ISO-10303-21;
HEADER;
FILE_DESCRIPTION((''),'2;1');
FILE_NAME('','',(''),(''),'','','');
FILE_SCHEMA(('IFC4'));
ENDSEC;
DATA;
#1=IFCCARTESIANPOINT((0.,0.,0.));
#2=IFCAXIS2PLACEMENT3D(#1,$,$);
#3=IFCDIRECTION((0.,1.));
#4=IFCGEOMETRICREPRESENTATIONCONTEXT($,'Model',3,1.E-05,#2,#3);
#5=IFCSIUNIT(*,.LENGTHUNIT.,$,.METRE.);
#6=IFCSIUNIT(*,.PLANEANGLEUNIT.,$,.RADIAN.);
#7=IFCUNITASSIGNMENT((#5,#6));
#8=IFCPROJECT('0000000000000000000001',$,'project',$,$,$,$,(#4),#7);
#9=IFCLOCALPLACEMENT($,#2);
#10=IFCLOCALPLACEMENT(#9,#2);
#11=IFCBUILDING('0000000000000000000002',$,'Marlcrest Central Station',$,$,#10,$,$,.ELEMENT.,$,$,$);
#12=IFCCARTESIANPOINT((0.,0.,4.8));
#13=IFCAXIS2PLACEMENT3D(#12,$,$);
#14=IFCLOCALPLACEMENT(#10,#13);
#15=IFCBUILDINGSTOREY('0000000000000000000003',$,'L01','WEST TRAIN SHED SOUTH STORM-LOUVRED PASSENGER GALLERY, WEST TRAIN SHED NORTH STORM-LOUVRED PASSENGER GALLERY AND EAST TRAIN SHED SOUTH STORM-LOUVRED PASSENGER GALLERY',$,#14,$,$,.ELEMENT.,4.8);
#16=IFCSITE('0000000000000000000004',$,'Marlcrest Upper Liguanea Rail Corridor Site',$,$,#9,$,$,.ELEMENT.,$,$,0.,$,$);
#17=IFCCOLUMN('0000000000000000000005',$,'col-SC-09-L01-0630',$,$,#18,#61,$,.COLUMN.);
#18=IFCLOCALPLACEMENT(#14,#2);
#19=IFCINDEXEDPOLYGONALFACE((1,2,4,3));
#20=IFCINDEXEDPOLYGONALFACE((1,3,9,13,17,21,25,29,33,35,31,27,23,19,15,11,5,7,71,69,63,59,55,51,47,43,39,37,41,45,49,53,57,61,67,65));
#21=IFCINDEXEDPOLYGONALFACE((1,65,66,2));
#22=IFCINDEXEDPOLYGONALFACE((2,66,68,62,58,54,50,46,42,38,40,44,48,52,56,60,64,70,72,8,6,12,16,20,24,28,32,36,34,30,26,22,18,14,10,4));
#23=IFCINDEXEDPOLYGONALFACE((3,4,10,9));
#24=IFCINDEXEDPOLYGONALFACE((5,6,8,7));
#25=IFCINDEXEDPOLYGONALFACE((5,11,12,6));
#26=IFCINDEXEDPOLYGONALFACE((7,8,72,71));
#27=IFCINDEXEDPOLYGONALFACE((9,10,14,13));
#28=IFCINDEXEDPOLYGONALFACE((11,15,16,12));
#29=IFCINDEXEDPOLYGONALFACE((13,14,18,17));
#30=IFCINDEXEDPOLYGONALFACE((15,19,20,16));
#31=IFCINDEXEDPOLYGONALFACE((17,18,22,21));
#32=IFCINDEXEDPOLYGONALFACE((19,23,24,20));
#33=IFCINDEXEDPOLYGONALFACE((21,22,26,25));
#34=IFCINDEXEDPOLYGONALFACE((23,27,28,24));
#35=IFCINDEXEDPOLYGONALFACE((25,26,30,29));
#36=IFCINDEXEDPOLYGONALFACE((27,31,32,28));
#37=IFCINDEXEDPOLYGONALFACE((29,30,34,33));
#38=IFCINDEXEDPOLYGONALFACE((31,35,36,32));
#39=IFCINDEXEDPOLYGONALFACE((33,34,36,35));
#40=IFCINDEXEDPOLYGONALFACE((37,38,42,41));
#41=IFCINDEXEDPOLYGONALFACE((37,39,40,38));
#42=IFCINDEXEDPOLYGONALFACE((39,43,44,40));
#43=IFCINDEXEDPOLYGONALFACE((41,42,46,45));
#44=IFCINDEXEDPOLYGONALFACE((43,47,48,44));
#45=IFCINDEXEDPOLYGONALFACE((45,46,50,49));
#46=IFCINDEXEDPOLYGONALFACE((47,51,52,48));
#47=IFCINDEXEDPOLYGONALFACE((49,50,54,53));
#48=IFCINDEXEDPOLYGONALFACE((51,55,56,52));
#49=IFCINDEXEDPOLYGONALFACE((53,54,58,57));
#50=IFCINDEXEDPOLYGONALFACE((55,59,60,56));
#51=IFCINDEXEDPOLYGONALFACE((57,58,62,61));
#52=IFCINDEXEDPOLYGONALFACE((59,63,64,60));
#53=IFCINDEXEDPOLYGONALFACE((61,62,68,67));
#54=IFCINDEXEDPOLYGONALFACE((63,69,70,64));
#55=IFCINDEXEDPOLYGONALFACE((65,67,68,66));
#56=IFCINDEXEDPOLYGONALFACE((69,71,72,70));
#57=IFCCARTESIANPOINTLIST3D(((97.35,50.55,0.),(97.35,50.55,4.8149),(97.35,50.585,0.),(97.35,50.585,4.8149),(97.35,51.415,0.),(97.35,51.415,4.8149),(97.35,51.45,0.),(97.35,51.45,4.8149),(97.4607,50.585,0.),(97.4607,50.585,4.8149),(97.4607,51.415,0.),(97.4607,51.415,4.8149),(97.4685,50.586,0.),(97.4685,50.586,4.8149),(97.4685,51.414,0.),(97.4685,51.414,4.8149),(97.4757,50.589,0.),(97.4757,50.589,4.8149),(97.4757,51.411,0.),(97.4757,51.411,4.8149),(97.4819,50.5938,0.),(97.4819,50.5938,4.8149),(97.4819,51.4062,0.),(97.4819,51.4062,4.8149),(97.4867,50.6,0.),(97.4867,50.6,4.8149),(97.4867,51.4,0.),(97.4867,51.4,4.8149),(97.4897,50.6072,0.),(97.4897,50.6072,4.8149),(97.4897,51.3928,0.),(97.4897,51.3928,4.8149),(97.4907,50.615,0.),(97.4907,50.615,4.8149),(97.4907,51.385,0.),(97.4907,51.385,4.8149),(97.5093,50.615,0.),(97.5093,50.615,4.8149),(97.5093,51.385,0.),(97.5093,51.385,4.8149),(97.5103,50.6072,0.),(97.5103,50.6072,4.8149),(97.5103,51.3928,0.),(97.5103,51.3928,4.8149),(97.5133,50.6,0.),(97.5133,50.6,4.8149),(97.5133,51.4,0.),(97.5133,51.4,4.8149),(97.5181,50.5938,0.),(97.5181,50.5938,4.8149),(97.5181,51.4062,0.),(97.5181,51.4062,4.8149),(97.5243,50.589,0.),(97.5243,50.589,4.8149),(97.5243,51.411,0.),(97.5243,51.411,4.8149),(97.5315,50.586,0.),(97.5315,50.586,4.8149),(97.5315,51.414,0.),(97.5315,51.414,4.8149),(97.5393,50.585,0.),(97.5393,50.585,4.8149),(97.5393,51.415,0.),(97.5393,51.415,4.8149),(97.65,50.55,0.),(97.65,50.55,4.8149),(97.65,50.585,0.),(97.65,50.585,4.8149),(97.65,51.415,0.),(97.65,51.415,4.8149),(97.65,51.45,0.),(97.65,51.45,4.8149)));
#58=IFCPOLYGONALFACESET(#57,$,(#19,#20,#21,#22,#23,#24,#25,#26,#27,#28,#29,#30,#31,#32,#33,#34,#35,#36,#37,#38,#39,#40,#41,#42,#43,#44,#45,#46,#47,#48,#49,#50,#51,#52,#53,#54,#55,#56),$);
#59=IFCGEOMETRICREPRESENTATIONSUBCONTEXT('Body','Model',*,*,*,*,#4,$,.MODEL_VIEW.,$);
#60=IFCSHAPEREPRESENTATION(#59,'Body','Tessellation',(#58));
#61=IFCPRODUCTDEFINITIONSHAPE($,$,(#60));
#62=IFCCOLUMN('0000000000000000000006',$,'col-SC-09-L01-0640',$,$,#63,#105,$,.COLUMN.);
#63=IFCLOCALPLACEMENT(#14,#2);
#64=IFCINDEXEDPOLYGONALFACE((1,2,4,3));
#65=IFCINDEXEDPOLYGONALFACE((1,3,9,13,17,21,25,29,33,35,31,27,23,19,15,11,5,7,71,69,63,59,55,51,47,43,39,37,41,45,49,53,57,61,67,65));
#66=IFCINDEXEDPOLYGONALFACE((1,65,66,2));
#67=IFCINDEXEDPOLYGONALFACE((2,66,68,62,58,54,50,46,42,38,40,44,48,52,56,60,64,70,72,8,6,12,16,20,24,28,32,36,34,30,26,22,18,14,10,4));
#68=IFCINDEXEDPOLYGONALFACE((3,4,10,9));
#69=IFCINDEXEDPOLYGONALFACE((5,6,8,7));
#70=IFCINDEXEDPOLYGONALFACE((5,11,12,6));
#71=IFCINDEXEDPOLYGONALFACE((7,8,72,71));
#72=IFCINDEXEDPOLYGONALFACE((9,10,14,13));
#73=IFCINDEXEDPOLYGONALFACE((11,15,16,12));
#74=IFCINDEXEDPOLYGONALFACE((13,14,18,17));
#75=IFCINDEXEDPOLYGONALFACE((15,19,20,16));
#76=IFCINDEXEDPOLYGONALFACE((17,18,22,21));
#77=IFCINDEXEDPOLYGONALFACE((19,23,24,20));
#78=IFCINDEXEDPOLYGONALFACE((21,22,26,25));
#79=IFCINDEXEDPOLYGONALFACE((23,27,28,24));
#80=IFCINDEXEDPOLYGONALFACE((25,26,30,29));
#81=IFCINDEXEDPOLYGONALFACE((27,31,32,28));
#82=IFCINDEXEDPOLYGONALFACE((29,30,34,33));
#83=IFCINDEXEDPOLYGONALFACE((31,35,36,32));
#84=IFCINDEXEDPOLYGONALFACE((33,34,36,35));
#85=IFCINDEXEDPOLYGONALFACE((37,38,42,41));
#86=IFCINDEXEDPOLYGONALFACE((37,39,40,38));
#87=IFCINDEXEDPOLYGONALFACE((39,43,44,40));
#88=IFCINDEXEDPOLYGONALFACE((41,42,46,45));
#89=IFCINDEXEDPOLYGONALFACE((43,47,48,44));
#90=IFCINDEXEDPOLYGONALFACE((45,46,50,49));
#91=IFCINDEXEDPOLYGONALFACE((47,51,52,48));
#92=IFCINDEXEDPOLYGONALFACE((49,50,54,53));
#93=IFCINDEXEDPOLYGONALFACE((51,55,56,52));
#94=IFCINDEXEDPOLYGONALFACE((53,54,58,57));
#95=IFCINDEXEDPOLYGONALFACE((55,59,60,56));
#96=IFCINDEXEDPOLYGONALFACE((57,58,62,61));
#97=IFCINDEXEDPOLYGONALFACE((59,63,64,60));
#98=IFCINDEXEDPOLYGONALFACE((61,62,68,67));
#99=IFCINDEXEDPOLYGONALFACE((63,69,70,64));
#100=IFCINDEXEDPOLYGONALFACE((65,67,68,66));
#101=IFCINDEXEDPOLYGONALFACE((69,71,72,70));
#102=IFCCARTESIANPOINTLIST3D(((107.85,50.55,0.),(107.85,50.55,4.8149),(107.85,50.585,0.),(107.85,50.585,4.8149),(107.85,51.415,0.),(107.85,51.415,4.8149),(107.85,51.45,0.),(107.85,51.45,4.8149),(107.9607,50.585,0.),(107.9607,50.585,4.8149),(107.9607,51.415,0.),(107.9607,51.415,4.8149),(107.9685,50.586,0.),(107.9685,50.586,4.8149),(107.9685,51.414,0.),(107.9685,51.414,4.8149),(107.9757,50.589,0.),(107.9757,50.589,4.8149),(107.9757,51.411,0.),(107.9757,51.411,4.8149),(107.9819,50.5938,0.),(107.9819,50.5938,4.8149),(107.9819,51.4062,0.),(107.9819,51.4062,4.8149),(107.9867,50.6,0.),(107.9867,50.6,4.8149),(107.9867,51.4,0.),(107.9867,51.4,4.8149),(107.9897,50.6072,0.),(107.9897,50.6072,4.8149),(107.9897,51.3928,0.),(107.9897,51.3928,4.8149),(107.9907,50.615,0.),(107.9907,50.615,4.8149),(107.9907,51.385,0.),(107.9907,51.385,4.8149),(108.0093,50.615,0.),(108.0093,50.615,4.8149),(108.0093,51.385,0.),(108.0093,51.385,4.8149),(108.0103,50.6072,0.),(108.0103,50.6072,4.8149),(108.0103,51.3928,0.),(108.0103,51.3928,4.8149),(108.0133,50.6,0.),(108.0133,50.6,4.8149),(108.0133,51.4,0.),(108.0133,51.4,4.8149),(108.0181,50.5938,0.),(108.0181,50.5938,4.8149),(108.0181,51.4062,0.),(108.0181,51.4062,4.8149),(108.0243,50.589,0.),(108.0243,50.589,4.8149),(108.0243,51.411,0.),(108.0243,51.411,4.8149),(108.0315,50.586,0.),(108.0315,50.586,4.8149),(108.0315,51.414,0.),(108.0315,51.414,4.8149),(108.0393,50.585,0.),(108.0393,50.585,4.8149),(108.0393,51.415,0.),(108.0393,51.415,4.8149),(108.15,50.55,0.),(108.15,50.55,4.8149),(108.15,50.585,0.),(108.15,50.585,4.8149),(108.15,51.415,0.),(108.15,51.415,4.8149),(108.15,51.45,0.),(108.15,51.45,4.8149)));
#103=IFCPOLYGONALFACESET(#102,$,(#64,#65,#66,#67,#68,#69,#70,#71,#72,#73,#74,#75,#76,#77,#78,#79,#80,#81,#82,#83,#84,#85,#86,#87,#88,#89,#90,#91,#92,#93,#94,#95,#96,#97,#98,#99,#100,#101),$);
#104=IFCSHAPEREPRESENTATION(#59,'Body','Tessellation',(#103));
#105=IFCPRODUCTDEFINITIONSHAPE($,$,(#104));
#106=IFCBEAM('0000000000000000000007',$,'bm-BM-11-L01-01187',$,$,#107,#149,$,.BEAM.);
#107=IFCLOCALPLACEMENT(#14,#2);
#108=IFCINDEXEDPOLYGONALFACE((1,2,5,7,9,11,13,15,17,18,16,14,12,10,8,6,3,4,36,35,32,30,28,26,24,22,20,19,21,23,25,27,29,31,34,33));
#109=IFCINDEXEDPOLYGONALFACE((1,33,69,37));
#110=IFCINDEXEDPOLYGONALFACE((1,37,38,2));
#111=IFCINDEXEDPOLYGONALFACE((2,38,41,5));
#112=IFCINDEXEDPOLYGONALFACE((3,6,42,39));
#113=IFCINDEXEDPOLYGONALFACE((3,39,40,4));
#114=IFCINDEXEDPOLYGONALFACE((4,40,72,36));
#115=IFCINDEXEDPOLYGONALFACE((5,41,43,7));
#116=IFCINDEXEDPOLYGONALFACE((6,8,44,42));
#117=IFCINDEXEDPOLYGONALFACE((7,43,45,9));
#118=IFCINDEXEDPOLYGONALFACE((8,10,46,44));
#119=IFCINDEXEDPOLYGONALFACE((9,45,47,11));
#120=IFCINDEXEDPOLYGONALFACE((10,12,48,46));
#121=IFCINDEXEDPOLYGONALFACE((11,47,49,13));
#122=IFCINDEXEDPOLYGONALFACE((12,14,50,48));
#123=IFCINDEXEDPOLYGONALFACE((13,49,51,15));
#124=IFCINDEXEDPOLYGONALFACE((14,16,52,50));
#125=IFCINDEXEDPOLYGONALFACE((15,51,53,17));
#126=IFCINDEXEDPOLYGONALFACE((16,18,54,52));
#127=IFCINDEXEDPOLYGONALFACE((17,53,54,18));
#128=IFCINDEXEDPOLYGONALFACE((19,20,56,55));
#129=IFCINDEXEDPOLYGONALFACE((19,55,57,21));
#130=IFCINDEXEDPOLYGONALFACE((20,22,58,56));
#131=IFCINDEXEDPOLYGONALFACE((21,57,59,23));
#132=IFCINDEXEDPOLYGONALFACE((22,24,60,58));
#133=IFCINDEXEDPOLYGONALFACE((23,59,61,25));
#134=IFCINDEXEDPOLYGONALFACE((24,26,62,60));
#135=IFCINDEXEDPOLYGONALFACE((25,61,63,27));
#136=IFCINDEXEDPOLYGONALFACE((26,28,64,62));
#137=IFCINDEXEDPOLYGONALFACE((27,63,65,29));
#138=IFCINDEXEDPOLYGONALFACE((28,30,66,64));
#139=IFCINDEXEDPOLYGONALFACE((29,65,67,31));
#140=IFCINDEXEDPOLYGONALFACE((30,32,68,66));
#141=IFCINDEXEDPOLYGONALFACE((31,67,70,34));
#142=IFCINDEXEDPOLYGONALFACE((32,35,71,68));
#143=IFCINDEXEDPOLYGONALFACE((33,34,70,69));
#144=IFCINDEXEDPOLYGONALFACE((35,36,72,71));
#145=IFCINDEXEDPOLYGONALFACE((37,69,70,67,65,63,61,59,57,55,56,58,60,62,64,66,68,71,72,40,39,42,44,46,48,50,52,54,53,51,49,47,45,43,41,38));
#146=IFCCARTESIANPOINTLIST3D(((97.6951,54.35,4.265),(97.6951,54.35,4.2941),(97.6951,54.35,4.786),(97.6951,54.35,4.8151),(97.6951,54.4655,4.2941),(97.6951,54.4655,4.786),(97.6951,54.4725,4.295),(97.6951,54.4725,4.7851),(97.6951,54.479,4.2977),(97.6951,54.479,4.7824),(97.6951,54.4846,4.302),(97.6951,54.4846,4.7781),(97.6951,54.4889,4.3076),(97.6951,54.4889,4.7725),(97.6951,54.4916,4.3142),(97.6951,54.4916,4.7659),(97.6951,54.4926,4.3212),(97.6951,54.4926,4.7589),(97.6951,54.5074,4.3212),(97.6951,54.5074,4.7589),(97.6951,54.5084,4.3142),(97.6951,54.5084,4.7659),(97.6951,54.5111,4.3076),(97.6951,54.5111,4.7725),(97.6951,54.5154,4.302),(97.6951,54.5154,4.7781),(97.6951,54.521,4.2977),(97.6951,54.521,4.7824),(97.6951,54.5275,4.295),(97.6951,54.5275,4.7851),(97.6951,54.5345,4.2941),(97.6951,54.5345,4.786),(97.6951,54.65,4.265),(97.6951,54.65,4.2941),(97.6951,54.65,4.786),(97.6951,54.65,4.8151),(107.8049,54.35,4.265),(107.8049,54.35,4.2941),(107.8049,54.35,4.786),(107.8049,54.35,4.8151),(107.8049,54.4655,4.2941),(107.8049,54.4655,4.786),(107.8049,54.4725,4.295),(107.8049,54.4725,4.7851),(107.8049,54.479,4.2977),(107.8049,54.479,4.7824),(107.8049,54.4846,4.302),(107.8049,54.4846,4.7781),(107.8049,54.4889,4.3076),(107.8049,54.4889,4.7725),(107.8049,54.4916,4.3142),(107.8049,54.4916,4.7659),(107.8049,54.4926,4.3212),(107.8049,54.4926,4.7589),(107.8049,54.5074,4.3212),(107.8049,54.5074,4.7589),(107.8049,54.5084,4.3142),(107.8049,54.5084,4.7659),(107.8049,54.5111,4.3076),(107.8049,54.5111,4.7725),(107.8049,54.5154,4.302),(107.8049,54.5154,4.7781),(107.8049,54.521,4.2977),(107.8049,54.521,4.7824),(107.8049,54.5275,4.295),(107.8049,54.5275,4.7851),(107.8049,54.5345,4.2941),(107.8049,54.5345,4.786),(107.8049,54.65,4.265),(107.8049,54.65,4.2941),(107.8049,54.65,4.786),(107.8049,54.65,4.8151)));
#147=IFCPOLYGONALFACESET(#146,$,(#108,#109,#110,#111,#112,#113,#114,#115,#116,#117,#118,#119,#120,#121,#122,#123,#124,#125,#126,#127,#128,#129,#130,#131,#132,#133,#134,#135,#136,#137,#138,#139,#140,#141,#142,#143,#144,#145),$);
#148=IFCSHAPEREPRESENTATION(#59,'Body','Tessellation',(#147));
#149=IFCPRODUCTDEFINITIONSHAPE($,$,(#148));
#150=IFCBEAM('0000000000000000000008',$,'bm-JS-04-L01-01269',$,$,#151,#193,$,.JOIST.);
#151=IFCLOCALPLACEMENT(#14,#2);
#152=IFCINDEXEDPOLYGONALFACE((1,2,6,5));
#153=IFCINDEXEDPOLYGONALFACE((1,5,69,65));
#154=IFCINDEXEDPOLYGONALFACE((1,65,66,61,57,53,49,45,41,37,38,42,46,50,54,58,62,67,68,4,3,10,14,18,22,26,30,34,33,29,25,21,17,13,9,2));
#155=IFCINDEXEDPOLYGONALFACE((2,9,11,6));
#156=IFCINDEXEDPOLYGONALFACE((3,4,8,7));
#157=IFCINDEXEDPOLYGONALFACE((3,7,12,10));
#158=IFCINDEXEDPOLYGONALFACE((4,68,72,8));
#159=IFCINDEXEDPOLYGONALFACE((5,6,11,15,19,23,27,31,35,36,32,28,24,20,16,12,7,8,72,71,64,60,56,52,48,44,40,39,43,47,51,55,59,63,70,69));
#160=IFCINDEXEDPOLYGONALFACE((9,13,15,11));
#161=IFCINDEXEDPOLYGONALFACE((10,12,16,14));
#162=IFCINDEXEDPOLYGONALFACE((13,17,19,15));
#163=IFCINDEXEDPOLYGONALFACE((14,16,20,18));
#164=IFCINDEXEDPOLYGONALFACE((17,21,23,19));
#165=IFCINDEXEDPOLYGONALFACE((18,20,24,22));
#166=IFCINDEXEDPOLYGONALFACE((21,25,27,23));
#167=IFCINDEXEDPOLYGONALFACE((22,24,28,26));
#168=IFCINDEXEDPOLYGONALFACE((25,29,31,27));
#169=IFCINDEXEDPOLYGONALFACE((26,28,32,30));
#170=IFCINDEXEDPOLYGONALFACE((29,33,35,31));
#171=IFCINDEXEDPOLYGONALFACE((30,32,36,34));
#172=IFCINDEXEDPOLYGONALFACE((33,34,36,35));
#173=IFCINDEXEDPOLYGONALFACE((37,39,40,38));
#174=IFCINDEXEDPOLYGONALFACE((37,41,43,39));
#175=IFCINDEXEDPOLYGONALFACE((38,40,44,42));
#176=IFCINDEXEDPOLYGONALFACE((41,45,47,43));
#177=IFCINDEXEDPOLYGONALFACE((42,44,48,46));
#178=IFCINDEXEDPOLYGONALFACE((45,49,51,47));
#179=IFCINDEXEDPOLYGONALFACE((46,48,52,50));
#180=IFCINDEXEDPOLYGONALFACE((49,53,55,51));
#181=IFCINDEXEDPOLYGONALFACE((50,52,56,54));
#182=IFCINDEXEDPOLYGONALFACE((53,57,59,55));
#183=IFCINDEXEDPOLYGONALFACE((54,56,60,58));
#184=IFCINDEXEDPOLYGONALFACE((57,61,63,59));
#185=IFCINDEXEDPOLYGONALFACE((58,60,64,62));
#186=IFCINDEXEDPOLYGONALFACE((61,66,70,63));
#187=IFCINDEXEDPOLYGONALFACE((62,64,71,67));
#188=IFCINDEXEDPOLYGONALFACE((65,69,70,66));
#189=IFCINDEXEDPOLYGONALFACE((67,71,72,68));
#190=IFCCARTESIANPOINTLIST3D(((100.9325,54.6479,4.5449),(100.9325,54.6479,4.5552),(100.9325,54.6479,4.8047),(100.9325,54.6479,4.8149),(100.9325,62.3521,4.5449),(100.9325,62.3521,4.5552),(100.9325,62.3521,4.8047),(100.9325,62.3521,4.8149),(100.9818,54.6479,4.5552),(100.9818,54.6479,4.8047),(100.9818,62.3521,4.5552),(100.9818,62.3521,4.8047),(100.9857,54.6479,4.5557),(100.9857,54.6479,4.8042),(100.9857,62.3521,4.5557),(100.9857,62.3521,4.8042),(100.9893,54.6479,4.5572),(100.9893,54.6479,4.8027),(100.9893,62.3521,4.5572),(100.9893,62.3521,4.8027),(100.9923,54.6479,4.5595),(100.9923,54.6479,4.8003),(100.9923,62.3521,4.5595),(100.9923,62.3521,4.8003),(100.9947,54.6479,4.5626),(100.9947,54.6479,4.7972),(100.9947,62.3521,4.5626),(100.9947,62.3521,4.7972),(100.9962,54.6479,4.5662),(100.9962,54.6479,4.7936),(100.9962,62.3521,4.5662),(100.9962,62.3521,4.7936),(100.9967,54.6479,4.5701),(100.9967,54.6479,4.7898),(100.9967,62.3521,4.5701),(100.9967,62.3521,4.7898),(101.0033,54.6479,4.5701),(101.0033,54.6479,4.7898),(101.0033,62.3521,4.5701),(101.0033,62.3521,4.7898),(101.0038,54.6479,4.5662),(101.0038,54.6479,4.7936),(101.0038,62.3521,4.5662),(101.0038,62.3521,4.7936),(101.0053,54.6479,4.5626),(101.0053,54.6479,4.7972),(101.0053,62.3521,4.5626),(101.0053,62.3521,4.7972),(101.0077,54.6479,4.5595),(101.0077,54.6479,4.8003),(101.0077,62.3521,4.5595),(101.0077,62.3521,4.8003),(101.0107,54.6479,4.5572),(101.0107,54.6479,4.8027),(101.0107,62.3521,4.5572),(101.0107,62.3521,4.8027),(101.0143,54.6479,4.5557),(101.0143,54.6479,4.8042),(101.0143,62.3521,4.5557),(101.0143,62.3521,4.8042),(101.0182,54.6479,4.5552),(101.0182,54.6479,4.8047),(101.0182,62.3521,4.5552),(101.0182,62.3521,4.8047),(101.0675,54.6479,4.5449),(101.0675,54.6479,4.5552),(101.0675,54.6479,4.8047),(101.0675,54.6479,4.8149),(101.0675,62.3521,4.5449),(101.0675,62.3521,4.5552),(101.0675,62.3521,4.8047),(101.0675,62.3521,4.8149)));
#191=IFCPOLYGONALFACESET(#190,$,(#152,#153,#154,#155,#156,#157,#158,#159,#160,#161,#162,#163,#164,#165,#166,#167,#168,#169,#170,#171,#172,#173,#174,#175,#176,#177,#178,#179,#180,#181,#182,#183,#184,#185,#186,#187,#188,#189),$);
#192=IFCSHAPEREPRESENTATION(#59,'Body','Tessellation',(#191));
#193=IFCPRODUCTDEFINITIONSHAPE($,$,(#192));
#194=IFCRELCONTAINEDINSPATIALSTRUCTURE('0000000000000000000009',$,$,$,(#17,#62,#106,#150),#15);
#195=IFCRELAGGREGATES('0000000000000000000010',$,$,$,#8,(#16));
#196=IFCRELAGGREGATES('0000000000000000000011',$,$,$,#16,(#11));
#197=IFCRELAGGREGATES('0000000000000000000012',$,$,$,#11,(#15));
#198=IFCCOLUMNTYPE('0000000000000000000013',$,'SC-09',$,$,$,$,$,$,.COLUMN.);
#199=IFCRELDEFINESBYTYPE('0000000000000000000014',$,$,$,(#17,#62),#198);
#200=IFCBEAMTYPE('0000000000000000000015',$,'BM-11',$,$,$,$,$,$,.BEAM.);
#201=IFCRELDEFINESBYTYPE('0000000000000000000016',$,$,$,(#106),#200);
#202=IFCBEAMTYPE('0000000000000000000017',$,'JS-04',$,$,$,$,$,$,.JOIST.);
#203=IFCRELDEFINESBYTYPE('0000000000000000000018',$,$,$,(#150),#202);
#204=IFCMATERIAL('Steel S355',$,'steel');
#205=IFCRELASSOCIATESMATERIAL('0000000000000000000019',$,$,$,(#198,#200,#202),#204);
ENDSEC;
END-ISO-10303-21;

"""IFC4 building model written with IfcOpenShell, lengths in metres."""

from ifc_helpers import new_model, si_unit, direction, frame, origin, origin_2d, place, context, subcontext, project, spatial, i_section, extrude, material, material_profile, profile_set, type_object, element, save


model = new_model("IFC4")

# Units and contexts
model_context = context("Model", 3, precision=1e-05, world=origin(), true_north=direction((0.0, 1.0)))
body_context = subcontext(model_context, "Body", "Model", "MODEL_VIEW")
ifc_project = project(units=[si_unit("LENGTHUNIT", "METRE"), si_unit("PLANEANGLEUNIT", "RADIAN")], contexts=[model_context])

# Site, building, storey
site_placement = place(None, origin())
site = spatial("IfcSite", under=ifc_project, at=site_placement, Name="Marlcrest Upper Liguanea Rail Corridor Site", CompositionType="ELEMENT", RefElevation=0.0)
building_placement = place(site_placement, origin())
building = spatial("IfcBuilding", under=site, at=building_placement, Name="Marlcrest Central Station", CompositionType="ELEMENT")
storey_placement = place(building_placement, frame((0.0, 0.0, 4.8)))
storey = spatial("IfcBuildingStorey", under=building, at=storey_placement, Name="L01", Description="WEST TRAIN SHED SOUTH STORM-LOUVRED PASSENGER GALLERY, WEST TRAIN SHED NORTH STORM-LOUVRED PASSENGER GALLERY AND EAST TRAIN SHED SOUTH STORM-LOUVRED PASSENGER GALLERY", CompositionType="ELEMENT", Elevation=4.8)

# Columns
ifc_material_1 = material(Name="Steel S355", Category="steel")
ifc_material_profile_1 = material_profile(ifc_material_1, i_section(OverallWidth=0.3, OverallDepth=0.8999, WebThickness=0.0186, FlangeThickness=0.0349, FilletRadius=0.03, at=origin_2d()), Name="HEB 900")
ifc_profile_set_1 = profile_set([ifc_material_profile_1], Name="Steel S355")
column_type = type_object("IfcColumnType", Name="SC-09", PredefinedType="COLUMN", material=ifc_profile_set_1)
for number, where, z_axis, x_axis, name in (
    (1, (97.5, 51.0, 0.0), (0.0, 0.0, 1.0), (1.0, 0.0, 0.0), "col-SC-09-L01-0630"),
    (2, (108.0, 51.0, 0.0), (0.0, 0.0, 1.0), (1.0, 0.0, 0.0), "col-SC-09-L01-0640"),
):
    element("IfcColumn", number, at=place(storey_placement, frame(where, z_axis=z_axis, x_axis=x_axis)), inside=storey, type_object=column_type, Name=name, PredefinedType="COLUMN", context=body_context, shape_type="SweptSolid", body=[
        extrude(i_section(OverallWidth=0.3, OverallDepth=0.8999, WebThickness=0.0186, FlangeThickness=0.0349, FilletRadius=0.03, at=origin_2d()), origin(), (0.0, 0.0, 1.0), 4.8149),
    ])

# Beams
ifc_material_profile_2 = material_profile(ifc_material_1, i_section(OverallWidth=0.3, OverallDepth=0.55, WebThickness=0.0149, FlangeThickness=0.0291, FilletRadius=0.0271, at=origin_2d()), Name="HEB 550")
ifc_profile_set_2 = profile_set([ifc_material_profile_2], Name="Steel S355")
beam_type_1 = type_object("IfcBeamType", Name="BM-11", PredefinedType="BEAM", material=ifc_profile_set_2)
beam_1_placement = place(storey_placement, frame((97.6951, 54.5, 4.54), z_axis=(1.0, 0.0, 0.0), x_axis=(0.0, 1.0, 0.0)))
element("IfcBeam", 3, at=beam_1_placement, inside=storey, type_object=beam_type_1, Name="bm-BM-11-L01-01187", PredefinedType="BEAM", context=body_context, shape_type="SweptSolid", body=[
    extrude(i_section(OverallWidth=0.3, OverallDepth=0.55, WebThickness=0.0149, FlangeThickness=0.0291, FilletRadius=0.0271, at=origin_2d()), origin(), (0.0, 0.0, 1.0), 10.1099),
])
ifc_material_profile_3 = material_profile(ifc_material_1, i_section(OverallWidth=0.135, OverallDepth=0.27, WebThickness=0.0066, FlangeThickness=0.0103, FilletRadius=0.0149, at=origin_2d()), Name="IPE 270")
ifc_profile_set_3 = profile_set([ifc_material_profile_3], Name="Steel S355")
beam_type_2 = type_object("IfcBeamType", Name="JS-04", PredefinedType="JOIST", material=ifc_profile_set_3)
for number, where, z_axis, x_axis, name in (
    (4, (101.0, 54.6479, 4.6799), (0.0, 1.0, 0.0), (-1.0, 0.0, 0.0), "bm-JS-04-L01-01269"),
):
    element("IfcBeam", number, at=place(storey_placement, frame(where, z_axis=z_axis, x_axis=x_axis)), inside=storey, type_object=beam_type_2, Name=name, PredefinedType="JOIST", context=body_context, shape_type="SweptSolid", body=[
        extrude(i_section(OverallWidth=0.135, OverallDepth=0.27, WebThickness=0.0066, FlangeThickness=0.0103, FilletRadius=0.0149, at=origin_2d()), origin(), (0.0, 0.0, 1.0), 7.7041),
    ])

save(model, "model.ifc")
